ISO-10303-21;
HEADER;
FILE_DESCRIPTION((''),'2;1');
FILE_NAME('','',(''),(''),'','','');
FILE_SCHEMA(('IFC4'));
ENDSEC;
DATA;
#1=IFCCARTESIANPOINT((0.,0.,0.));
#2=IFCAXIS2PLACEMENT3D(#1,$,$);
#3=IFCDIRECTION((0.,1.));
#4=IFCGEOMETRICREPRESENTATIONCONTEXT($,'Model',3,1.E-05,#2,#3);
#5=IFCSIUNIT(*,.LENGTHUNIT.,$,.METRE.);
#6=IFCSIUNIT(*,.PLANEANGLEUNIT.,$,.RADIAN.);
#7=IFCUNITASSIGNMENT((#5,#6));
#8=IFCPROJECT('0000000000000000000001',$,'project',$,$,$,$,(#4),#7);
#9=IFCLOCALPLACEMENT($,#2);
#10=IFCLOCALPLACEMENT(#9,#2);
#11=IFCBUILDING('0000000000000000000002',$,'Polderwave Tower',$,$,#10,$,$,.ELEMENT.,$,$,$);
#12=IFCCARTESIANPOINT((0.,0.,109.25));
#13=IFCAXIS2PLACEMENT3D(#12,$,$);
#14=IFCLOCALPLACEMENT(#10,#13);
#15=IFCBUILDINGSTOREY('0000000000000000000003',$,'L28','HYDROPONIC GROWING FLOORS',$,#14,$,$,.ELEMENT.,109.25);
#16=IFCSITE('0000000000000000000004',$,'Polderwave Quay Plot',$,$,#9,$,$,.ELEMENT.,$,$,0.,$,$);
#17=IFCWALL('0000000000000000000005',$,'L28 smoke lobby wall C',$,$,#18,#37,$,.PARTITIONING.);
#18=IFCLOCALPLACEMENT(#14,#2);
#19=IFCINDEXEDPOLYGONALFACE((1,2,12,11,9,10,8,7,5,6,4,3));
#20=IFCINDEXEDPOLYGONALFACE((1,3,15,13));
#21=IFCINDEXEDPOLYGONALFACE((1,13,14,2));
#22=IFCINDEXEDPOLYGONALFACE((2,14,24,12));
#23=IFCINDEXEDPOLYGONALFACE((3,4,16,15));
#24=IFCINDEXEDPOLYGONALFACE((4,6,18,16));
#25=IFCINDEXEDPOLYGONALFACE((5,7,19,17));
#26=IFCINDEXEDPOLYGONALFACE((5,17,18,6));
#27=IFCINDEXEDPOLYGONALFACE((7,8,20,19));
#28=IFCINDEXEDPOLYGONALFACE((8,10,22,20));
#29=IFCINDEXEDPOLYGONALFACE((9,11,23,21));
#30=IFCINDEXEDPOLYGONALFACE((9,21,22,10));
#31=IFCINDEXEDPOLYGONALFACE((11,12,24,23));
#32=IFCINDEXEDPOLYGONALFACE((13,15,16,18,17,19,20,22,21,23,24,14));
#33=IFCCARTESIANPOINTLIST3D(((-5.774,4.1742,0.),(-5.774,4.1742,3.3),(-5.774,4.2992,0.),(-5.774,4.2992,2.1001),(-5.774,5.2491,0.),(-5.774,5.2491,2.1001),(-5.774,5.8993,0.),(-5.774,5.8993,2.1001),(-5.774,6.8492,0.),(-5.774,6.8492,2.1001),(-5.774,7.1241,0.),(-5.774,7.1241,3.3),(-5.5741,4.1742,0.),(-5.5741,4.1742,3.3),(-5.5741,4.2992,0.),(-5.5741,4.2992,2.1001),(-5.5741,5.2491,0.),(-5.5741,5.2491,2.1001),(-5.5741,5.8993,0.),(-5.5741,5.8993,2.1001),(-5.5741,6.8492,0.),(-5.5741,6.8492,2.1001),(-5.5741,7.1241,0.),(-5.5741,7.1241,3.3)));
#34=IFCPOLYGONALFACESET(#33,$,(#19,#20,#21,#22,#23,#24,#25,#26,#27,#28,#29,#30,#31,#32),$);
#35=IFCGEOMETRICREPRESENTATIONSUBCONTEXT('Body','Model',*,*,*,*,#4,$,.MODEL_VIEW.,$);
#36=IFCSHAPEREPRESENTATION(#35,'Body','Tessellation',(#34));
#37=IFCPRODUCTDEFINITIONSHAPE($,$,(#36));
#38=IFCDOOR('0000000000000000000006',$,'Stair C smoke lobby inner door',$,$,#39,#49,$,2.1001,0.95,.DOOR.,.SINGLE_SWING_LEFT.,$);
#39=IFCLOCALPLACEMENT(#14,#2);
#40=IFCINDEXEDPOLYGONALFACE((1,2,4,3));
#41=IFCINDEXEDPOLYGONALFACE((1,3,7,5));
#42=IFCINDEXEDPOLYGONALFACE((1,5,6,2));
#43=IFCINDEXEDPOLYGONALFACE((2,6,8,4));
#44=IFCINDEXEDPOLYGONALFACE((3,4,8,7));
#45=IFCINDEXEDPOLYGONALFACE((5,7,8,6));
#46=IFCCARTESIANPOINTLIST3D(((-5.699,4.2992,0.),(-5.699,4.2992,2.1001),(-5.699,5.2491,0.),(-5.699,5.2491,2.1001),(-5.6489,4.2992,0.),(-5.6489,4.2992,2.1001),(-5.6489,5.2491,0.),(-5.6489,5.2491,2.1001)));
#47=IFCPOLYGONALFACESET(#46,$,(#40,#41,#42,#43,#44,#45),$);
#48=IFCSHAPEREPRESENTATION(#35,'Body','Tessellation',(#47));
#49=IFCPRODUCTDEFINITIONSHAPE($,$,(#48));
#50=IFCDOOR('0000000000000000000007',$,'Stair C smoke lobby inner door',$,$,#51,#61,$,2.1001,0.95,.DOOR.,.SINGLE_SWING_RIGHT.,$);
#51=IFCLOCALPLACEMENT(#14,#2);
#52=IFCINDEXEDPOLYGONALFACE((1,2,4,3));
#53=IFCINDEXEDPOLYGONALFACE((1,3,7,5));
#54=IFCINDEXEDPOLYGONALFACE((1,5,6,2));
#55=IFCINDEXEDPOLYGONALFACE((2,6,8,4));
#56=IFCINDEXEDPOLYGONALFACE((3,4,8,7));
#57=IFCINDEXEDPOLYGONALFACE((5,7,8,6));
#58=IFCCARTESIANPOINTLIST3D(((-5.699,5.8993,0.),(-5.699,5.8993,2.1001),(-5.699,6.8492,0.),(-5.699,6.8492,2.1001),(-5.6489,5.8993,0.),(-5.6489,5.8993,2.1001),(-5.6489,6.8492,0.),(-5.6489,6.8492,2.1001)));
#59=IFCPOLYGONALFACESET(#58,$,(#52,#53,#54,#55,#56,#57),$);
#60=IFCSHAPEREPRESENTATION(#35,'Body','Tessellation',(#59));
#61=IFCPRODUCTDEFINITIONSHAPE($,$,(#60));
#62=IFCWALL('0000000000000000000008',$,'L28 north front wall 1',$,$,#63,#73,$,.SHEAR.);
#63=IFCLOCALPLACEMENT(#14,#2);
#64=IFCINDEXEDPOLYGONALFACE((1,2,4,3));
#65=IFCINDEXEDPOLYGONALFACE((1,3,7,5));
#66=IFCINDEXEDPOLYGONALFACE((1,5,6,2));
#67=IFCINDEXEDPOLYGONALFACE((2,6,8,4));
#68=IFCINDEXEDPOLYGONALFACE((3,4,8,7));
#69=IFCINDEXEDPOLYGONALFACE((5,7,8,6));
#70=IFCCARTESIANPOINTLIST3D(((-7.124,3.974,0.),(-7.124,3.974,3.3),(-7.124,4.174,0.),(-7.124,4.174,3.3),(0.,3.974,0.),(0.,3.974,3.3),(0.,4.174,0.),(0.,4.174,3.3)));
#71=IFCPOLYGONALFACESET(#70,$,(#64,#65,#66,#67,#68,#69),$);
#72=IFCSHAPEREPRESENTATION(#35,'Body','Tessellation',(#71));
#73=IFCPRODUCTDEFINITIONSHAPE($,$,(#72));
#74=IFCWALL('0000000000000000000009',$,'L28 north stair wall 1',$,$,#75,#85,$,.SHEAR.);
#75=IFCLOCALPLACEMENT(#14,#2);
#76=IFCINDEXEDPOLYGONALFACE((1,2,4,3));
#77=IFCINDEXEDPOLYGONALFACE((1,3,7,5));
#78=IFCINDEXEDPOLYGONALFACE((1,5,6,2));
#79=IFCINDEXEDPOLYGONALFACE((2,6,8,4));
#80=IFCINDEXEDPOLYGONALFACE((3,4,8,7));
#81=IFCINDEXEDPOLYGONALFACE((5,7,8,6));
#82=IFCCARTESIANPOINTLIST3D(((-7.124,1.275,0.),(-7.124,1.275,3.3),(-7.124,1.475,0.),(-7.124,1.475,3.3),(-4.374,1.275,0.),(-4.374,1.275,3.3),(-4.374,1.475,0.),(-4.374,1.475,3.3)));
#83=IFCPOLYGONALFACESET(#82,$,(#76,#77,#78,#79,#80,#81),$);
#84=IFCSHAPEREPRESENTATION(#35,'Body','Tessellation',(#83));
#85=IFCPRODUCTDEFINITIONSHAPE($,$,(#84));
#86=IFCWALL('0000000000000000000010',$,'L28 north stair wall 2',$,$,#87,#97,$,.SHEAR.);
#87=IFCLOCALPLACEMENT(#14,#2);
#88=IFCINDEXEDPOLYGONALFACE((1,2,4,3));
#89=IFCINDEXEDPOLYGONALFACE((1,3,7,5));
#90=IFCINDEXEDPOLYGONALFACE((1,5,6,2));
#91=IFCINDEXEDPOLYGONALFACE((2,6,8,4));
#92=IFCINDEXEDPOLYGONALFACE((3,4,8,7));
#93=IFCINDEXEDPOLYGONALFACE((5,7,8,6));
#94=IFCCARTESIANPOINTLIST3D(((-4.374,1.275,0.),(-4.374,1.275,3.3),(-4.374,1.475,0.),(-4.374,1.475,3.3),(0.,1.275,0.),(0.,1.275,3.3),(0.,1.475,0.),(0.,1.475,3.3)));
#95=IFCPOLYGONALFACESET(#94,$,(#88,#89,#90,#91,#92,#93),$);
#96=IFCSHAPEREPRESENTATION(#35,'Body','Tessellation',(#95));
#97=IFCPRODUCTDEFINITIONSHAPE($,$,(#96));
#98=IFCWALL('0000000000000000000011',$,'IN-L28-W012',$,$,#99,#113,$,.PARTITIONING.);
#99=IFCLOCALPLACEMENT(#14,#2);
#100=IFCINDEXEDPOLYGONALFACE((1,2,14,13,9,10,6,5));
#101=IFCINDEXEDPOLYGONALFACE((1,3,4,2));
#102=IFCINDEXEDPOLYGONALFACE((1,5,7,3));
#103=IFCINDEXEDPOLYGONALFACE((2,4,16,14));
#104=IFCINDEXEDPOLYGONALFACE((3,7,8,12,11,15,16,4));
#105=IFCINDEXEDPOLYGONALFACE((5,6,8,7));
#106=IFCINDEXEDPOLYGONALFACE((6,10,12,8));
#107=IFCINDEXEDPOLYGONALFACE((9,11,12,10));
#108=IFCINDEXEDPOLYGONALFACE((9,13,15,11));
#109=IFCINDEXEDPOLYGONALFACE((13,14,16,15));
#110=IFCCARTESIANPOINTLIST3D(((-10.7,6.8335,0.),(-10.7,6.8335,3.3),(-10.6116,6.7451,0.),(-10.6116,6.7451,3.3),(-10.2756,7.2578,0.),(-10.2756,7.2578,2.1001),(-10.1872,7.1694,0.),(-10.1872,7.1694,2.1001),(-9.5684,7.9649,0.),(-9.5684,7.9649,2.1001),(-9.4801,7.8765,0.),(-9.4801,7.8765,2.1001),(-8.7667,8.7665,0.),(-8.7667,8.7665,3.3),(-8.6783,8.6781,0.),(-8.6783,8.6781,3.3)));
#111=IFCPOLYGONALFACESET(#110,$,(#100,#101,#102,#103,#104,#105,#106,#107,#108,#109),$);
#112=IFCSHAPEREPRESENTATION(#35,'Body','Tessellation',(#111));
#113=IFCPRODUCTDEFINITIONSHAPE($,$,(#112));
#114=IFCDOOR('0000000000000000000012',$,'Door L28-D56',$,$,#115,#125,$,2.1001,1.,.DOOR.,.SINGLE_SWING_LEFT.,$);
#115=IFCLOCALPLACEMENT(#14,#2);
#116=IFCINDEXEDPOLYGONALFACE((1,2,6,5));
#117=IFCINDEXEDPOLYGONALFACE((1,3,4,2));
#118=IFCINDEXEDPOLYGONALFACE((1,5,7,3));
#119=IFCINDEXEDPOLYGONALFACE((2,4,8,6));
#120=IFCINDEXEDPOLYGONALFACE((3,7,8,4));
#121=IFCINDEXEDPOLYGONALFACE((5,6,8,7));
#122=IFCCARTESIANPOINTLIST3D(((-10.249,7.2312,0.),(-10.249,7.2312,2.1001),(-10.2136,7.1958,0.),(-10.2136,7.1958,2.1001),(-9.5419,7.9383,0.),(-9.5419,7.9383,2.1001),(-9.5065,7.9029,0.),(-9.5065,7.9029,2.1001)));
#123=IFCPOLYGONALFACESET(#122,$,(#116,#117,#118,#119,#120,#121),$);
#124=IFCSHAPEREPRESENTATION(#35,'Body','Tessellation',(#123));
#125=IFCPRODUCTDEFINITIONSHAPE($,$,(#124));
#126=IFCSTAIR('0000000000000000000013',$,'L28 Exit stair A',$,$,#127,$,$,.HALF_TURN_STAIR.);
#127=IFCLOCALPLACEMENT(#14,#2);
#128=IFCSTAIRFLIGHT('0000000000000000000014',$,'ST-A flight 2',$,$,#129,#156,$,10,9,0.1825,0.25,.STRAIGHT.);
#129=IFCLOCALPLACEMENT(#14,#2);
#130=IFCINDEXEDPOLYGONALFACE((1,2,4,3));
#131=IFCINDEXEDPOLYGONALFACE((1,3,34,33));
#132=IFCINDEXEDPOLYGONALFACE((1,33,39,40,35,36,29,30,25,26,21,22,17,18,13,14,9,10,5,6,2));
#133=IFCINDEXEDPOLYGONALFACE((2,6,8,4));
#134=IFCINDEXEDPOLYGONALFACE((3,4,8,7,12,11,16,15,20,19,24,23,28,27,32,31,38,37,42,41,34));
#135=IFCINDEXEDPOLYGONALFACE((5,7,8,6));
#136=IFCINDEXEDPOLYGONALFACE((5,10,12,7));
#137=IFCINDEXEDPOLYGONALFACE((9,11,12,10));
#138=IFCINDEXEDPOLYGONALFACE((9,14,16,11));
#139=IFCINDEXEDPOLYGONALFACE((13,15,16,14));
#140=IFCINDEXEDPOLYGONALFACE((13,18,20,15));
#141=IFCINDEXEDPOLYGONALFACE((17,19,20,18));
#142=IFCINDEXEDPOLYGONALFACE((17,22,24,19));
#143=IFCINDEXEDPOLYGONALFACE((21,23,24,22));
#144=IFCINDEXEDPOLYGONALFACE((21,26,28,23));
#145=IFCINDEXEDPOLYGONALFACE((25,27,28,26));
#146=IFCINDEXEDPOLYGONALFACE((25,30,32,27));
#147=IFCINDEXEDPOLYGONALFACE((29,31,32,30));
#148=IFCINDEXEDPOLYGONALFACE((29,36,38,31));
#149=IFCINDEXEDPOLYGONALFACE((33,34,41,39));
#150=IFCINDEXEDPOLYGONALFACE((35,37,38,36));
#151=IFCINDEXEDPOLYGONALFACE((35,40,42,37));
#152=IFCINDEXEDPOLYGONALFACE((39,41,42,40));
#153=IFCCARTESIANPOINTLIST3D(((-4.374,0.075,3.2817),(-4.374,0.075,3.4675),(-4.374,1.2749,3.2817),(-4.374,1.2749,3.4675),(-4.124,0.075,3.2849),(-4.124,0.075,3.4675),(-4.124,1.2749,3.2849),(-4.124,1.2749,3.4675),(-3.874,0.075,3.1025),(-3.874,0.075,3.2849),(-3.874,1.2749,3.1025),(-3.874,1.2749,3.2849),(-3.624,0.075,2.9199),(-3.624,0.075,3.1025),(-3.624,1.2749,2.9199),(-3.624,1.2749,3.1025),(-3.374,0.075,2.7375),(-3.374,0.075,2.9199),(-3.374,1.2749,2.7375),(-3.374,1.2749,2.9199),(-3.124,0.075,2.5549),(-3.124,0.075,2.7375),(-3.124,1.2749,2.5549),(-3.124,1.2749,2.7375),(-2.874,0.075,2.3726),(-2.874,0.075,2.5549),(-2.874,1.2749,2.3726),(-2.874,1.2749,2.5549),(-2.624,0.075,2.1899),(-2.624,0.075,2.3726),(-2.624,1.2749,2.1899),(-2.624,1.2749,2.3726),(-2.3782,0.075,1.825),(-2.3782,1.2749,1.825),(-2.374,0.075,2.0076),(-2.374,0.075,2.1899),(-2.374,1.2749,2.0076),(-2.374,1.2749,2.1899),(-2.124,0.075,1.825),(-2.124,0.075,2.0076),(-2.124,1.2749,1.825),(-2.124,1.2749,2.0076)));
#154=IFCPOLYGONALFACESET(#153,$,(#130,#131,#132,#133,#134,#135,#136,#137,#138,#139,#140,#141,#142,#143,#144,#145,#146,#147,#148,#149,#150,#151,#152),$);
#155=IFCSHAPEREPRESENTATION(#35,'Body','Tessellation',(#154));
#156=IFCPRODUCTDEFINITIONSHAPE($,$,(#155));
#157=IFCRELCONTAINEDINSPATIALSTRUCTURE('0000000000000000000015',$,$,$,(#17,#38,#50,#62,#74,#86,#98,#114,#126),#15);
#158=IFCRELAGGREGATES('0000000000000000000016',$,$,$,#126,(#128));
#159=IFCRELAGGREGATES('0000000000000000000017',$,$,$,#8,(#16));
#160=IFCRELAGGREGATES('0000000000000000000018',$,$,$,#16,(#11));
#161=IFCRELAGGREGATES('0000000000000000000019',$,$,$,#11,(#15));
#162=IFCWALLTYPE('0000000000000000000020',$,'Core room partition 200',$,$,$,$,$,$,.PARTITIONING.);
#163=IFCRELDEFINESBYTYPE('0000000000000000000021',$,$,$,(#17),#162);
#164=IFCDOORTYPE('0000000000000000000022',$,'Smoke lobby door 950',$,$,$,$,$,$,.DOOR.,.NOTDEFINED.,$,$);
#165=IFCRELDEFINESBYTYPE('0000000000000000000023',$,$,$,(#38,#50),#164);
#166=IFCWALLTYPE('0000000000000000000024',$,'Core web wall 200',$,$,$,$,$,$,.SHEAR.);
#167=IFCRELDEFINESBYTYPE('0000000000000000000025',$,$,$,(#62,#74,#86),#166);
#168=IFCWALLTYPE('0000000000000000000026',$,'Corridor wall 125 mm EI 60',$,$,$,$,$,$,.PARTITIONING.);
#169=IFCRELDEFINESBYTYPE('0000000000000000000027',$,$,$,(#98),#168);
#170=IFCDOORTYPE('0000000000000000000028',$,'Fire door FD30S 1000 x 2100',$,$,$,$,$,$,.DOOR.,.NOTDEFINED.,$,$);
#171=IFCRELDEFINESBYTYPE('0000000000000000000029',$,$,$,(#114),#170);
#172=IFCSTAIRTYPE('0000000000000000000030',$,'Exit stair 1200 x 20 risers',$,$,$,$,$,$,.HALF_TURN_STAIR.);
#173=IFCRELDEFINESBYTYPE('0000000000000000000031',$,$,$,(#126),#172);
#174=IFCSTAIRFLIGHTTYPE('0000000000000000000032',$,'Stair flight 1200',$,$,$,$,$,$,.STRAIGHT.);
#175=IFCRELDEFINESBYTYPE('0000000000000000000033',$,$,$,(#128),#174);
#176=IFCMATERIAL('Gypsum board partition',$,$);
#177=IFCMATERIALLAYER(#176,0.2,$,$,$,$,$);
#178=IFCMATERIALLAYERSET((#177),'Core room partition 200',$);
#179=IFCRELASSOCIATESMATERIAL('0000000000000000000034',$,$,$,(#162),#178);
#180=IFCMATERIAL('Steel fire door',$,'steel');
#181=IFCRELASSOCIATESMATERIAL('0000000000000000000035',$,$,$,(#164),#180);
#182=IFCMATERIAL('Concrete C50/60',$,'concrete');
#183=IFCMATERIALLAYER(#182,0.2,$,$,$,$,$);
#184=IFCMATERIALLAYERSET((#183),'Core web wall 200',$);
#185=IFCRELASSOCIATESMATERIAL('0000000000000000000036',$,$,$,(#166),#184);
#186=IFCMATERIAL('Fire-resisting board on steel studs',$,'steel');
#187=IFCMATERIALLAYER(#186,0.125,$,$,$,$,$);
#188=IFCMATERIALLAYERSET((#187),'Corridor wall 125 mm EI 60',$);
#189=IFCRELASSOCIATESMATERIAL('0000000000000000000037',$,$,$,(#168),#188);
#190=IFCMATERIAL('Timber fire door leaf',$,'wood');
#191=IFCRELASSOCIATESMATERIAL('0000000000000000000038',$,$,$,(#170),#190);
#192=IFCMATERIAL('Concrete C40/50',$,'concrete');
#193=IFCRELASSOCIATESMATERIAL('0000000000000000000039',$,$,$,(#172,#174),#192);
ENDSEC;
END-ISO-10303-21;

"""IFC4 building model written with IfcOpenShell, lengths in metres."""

from ifc_helpers import new_model, si_unit, direction, frame, frame_2d, origin, place, context, subcontext, project, spatial, polyline, rectangle, outline, extrude, material, layer, layer_set, type_object, element, fill, aggregate, save


model = new_model("IFC4")

# Units and contexts
model_context = context("Model", 3, precision=1e-05, world=origin(), true_north=direction((0.0, 1.0)))
body_context = subcontext(model_context, "Body", "Model", "MODEL_VIEW")
ifc_project = project(units=[si_unit("LENGTHUNIT", "METRE"), si_unit("PLANEANGLEUNIT", "RADIAN")], contexts=[model_context])

# Site, building, storey
site_placement = place(None, origin())
site = spatial("IfcSite", under=ifc_project, at=site_placement, Name="Polderwave Quay Plot", CompositionType="ELEMENT", RefElevation=0.0)
building_placement = place(site_placement, origin())
building = spatial("IfcBuilding", under=site, at=building_placement, Name="Polderwave Tower", CompositionType="ELEMENT")
storey_placement = place(building_placement, frame((0.0, 0.0, 109.25)))
storey = spatial("IfcBuildingStorey", under=building, at=storey_placement, Name="L28", Description="HYDROPONIC GROWING FLOORS", CompositionType="ELEMENT", Elevation=109.25)

# Wall, openings, doors
ifc_material_1 = material(Name="Gypsum board partition")
ifc_layer_1 = layer(ifc_material_1, 0.2)
ifc_layer_set_1 = layer_set([ifc_layer_1], Name="Core room partition 200")
wall_type_1 = type_object("IfcWallType", Name="Core room partition 200", PredefinedType="PARTITIONING", material=ifc_layer_set_1)
wall_1_placement = place(storey_placement, frame((-5.6741, 4.1741, 0.0), z_axis=(0.0, 0.0, 1.0), x_axis=(0.0, 1.0, 0.0)))
wall_1 = element("IfcWall", 1, at=wall_1_placement, inside=storey, type_object=wall_type_1, Name="L28 smoke lobby wall C", PredefinedType="PARTITIONING", context=body_context, shape_type="SweptSolid", body=[
    extrude(rectangle(XDim=2.95, YDim=0.2, at=frame_2d((1.4751, 0.0))), origin(), (0.0, 0.0, 1.0), 3.3),
])
opening_1_placement = place(wall_1_placement, frame((0.125, 0.0, 0.0)))
opening_1 = element("IfcOpeningElement", 2, at=opening_1_placement, cuts=wall_1, PredefinedType="OPENING", context=body_context, shape_type="SweptSolid", body=[
    extrude(rectangle(XDim=0.95, YDim=2.1001, at=frame_2d((0.4751, 1.05))), frame((0.0, 0.1099, 0.0), z_axis=(0.0, -1.0, 0.0), x_axis=(1.0, 0.0, 0.0)), (0.0, 0.0, 1.0), 0.22),
])
opening_2_placement = place(wall_1_placement, frame((1.7251, 0.0, 0.0)))
opening_2 = element("IfcOpeningElement", 3, at=opening_2_placement, cuts=wall_1, PredefinedType="OPENING", context=body_context, shape_type="SweptSolid", body=[
    extrude(rectangle(XDim=0.95, YDim=2.1001, at=frame_2d((0.4751, 1.05))), frame((0.0, 0.1099, 0.0), z_axis=(0.0, -1.0, 0.0), x_axis=(1.0, 0.0, 0.0)), (0.0, 0.0, 1.0), 0.22),
])
ifc_material_2 = material(Name="Steel fire door", Category="steel")
door_type_1 = type_object("IfcDoorType", Name="Smoke lobby door 950", OperationType="NOTDEFINED", PredefinedType="DOOR", material=ifc_material_2)
door_1_placement = place(opening_1_placement, origin())
door_1 = element("IfcDoor", 4, at=door_1_placement, inside=storey, type_object=door_type_1, Name="Stair C smoke lobby inner door", OperationType="SINGLE_SWING_LEFT", OverallHeight=2.1001, OverallWidth=0.95, PredefinedType="DOOR", context=body_context, shape_type="SweptSolid", body=[
    extrude(rectangle(XDim=0.95, YDim=2.1001, at=frame_2d((0.4751, 1.05))), frame((0.0, 0.0249, 0.0), z_axis=(0.0, -1.0, 0.0), x_axis=(1.0, 0.0, 0.0)), (0.0, 0.0, 1.0), 0.05),
])
fill(opening_1, door_1)
door_2_placement = place(opening_2_placement, origin())
door_2 = element("IfcDoor", 5, at=door_2_placement, inside=storey, type_object=door_type_1, Name="Stair C smoke lobby inner door", OperationType="SINGLE_SWING_RIGHT", OverallHeight=2.1001, OverallWidth=0.95, PredefinedType="DOOR", context=body_context, shape_type="SweptSolid", body=[
    extrude(rectangle(XDim=0.95, YDim=2.1001, at=frame_2d((0.4751, 1.05))), frame((0.0, 0.0249, 0.0), z_axis=(0.0, -1.0, 0.0), x_axis=(1.0, 0.0, 0.0)), (0.0, 0.0, 1.0), 0.05),
])
fill(opening_2, door_2)

# Walls
ifc_material_3 = material(Name="Concrete C50/60", Category="concrete")
ifc_layer_2 = layer(ifc_material_3, 0.2)
ifc_layer_set_2 = layer_set([ifc_layer_2], Name="Core web wall 200")
wall_type_2 = type_object("IfcWallType", Name="Core web wall 200", PredefinedType="SHEAR", material=ifc_layer_set_2)
wall_2_placement = place(storey_placement, frame((-7.124, 4.074, 0.0), z_axis=(0.0, 0.0, 1.0), x_axis=(1.0, 0.0, 0.0)))
element("IfcWall", 6, at=wall_2_placement, inside=storey, type_object=wall_type_2, Name="L28 north front wall 1", PredefinedType="SHEAR", context=body_context, shape_type="SweptSolid", body=[
    extrude(rectangle(XDim=7.124, YDim=0.2, at=frame_2d((3.562, 0.0))), origin(), (0.0, 0.0, 1.0), 3.3),
])
wall_3_placement = place(storey_placement, frame((-7.124, 1.375, 0.0), z_axis=(0.0, 0.0, 1.0), x_axis=(1.0, 0.0, 0.0)))
element("IfcWall", 7, at=wall_3_placement, inside=storey, type_object=wall_type_2, Name="L28 north stair wall 1", PredefinedType="SHEAR", context=body_context, shape_type="SweptSolid", body=[
    extrude(rectangle(XDim=2.75, YDim=0.2, at=frame_2d((1.375, 0.0))), origin(), (0.0, 0.0, 1.0), 3.3),
])
wall_4_placement = place(storey_placement, frame((-4.374, 1.375, 0.0), z_axis=(0.0, 0.0, 1.0), x_axis=(1.0, 0.0, 0.0)))
element("IfcWall", 8, at=wall_4_placement, inside=storey, type_object=wall_type_2, Name="L28 north stair wall 2", PredefinedType="SHEAR", context=body_context, shape_type="SweptSolid", body=[
    extrude(rectangle(XDim=4.374, YDim=0.2, at=frame_2d((2.187, 0.0))), origin(), (0.0, 0.0, 1.0), 3.3),
])

# Wall, opening, door
ifc_material_4 = material(Name="Fire-resisting board on steel studs", Category="steel")
ifc_layer_3 = layer(ifc_material_4, 0.125)
ifc_layer_set_3 = layer_set([ifc_layer_3], Name="Corridor wall 125 mm EI 60")
wall_type_3 = type_object("IfcWallType", Name="Corridor wall 125 mm EI 60", PredefinedType="PARTITIONING", material=ifc_layer_set_3)
wall_5_placement = place(storey_placement, frame((-10.6558, 6.7893, 0.0), z_axis=(0.0, 0.0, 1.0), x_axis=(0.707151, 0.707062, 0.0)))
wall_5 = element("IfcWall", 9, at=wall_5_placement, inside=storey, type_object=wall_type_3, Name="IN-L28-W012", PredefinedType="PARTITIONING", context=body_context, shape_type="SweptSolid", body=[
    extrude(rectangle(XDim=2.7339, YDim=0.125, at=frame_2d((1.3669, 0.0))), origin(), (0.0, 0.0, 1.0), 3.3),
])
opening_3_placement = place(wall_5_placement, frame((0.6001, 0.0, 0.0)))
opening_3 = element("IfcOpeningElement", 10, at=opening_3_placement, cuts=wall_5, PredefinedType="OPENING", context=body_context, shape_type="SweptSolid", body=[
    extrude(rectangle(XDim=1.0, YDim=2.1001, at=frame_2d((0.5, 1.05))), frame((0.0, 0.0725, 0.0), z_axis=(0.0, -1.0, 0.0), x_axis=(1.0, 0.0, 0.0)), (0.0, 0.0, 1.0), 0.145),
])
ifc_material_5 = material(Name="Timber fire door leaf", Category="wood")
door_type_2 = type_object("IfcDoorType", Name="Fire door FD30S 1000 x 2100", OperationType="NOTDEFINED", PredefinedType="DOOR", material=ifc_material_5)
door_3_placement = place(opening_3_placement, origin())
door_3 = element("IfcDoor", 11, at=door_3_placement, inside=storey, type_object=door_type_2, Name="Door L28-D56", OperationType="SINGLE_SWING_LEFT", OverallHeight=2.1001, OverallWidth=1.0, PredefinedType="DOOR", context=body_context, shape_type="SweptSolid", body=[
    extrude(rectangle(XDim=1.0, YDim=2.1001, at=frame_2d((0.5, 1.05))), frame((0.0, 0.0249, 0.0), z_axis=(0.0, -1.0, 0.0), x_axis=(1.0, 0.0, 0.0)), (0.0, 0.0, 1.0), 0.05),
])
fill(opening_3, door_3)

# Stair, stair flight
ifc_material_6 = material(Name="Concrete C40/50", Category="concrete")
stair_type = type_object("IfcStairType", Name="Exit stair 1200 x 20 risers", PredefinedType="HALF_TURN_STAIR", material=ifc_material_6)
stair_1_placement = place(storey_placement, origin())
stair_1 = element("IfcStair", 12, at=stair_1_placement, inside=storey, type_object=stair_type, Name="L28 Exit stair A", PredefinedType="HALF_TURN_STAIR")
stair_flight_type = type_object("IfcStairFlightType", Name="Stair flight 1200", PredefinedType="STRAIGHT", material=ifc_material_6)
stair_flight_1_placement = place(storey_placement, frame((-2.124, 0.675, 1.825), z_axis=(0.0, 0.0, 1.0), x_axis=(-1.0, 0.0, 0.0)))
stair_flight_1 = element("IfcStairFlight", 13, at=stair_flight_1_placement, type_object=stair_flight_type, Name="ST-A flight 2", NumberOfRisers=10, NumberOfTreads=9, PredefinedType="STRAIGHT", RiserHeight=0.1825, TreadLength=0.25, context=body_context, shape_type="SweptSolid", body=[
    extrude(outline(polyline([(0.0, 0.0), (0.0, 0.1826), (0.25, 0.1826), (0.25, 0.365), (0.5, 0.365), (0.5, 0.5476), (0.75, 0.5476), (0.75, 0.73), (1.0, 0.73), (1.0, 0.9126), (1.25, 0.9126), (1.25, 1.095), (1.5, 1.095), (1.5, 1.2776), (1.75, 1.2776), (1.75, 1.46), (2.0, 1.46), (2.0, 1.6426), (2.25, 1.6426), (2.25, 1.825), (2.25, 1.4568), (0.2542, 0.0), (0.0, 0.0)])), frame((0.0, 0.6001, 0.0), z_axis=(0.0, -1.0, 0.0), x_axis=(1.0, 0.0, 0.0)), (0.0, 0.0, 1.0), 1.2),
])
aggregate(stair_1, [stair_flight_1])

save(model, "model.ifc")
